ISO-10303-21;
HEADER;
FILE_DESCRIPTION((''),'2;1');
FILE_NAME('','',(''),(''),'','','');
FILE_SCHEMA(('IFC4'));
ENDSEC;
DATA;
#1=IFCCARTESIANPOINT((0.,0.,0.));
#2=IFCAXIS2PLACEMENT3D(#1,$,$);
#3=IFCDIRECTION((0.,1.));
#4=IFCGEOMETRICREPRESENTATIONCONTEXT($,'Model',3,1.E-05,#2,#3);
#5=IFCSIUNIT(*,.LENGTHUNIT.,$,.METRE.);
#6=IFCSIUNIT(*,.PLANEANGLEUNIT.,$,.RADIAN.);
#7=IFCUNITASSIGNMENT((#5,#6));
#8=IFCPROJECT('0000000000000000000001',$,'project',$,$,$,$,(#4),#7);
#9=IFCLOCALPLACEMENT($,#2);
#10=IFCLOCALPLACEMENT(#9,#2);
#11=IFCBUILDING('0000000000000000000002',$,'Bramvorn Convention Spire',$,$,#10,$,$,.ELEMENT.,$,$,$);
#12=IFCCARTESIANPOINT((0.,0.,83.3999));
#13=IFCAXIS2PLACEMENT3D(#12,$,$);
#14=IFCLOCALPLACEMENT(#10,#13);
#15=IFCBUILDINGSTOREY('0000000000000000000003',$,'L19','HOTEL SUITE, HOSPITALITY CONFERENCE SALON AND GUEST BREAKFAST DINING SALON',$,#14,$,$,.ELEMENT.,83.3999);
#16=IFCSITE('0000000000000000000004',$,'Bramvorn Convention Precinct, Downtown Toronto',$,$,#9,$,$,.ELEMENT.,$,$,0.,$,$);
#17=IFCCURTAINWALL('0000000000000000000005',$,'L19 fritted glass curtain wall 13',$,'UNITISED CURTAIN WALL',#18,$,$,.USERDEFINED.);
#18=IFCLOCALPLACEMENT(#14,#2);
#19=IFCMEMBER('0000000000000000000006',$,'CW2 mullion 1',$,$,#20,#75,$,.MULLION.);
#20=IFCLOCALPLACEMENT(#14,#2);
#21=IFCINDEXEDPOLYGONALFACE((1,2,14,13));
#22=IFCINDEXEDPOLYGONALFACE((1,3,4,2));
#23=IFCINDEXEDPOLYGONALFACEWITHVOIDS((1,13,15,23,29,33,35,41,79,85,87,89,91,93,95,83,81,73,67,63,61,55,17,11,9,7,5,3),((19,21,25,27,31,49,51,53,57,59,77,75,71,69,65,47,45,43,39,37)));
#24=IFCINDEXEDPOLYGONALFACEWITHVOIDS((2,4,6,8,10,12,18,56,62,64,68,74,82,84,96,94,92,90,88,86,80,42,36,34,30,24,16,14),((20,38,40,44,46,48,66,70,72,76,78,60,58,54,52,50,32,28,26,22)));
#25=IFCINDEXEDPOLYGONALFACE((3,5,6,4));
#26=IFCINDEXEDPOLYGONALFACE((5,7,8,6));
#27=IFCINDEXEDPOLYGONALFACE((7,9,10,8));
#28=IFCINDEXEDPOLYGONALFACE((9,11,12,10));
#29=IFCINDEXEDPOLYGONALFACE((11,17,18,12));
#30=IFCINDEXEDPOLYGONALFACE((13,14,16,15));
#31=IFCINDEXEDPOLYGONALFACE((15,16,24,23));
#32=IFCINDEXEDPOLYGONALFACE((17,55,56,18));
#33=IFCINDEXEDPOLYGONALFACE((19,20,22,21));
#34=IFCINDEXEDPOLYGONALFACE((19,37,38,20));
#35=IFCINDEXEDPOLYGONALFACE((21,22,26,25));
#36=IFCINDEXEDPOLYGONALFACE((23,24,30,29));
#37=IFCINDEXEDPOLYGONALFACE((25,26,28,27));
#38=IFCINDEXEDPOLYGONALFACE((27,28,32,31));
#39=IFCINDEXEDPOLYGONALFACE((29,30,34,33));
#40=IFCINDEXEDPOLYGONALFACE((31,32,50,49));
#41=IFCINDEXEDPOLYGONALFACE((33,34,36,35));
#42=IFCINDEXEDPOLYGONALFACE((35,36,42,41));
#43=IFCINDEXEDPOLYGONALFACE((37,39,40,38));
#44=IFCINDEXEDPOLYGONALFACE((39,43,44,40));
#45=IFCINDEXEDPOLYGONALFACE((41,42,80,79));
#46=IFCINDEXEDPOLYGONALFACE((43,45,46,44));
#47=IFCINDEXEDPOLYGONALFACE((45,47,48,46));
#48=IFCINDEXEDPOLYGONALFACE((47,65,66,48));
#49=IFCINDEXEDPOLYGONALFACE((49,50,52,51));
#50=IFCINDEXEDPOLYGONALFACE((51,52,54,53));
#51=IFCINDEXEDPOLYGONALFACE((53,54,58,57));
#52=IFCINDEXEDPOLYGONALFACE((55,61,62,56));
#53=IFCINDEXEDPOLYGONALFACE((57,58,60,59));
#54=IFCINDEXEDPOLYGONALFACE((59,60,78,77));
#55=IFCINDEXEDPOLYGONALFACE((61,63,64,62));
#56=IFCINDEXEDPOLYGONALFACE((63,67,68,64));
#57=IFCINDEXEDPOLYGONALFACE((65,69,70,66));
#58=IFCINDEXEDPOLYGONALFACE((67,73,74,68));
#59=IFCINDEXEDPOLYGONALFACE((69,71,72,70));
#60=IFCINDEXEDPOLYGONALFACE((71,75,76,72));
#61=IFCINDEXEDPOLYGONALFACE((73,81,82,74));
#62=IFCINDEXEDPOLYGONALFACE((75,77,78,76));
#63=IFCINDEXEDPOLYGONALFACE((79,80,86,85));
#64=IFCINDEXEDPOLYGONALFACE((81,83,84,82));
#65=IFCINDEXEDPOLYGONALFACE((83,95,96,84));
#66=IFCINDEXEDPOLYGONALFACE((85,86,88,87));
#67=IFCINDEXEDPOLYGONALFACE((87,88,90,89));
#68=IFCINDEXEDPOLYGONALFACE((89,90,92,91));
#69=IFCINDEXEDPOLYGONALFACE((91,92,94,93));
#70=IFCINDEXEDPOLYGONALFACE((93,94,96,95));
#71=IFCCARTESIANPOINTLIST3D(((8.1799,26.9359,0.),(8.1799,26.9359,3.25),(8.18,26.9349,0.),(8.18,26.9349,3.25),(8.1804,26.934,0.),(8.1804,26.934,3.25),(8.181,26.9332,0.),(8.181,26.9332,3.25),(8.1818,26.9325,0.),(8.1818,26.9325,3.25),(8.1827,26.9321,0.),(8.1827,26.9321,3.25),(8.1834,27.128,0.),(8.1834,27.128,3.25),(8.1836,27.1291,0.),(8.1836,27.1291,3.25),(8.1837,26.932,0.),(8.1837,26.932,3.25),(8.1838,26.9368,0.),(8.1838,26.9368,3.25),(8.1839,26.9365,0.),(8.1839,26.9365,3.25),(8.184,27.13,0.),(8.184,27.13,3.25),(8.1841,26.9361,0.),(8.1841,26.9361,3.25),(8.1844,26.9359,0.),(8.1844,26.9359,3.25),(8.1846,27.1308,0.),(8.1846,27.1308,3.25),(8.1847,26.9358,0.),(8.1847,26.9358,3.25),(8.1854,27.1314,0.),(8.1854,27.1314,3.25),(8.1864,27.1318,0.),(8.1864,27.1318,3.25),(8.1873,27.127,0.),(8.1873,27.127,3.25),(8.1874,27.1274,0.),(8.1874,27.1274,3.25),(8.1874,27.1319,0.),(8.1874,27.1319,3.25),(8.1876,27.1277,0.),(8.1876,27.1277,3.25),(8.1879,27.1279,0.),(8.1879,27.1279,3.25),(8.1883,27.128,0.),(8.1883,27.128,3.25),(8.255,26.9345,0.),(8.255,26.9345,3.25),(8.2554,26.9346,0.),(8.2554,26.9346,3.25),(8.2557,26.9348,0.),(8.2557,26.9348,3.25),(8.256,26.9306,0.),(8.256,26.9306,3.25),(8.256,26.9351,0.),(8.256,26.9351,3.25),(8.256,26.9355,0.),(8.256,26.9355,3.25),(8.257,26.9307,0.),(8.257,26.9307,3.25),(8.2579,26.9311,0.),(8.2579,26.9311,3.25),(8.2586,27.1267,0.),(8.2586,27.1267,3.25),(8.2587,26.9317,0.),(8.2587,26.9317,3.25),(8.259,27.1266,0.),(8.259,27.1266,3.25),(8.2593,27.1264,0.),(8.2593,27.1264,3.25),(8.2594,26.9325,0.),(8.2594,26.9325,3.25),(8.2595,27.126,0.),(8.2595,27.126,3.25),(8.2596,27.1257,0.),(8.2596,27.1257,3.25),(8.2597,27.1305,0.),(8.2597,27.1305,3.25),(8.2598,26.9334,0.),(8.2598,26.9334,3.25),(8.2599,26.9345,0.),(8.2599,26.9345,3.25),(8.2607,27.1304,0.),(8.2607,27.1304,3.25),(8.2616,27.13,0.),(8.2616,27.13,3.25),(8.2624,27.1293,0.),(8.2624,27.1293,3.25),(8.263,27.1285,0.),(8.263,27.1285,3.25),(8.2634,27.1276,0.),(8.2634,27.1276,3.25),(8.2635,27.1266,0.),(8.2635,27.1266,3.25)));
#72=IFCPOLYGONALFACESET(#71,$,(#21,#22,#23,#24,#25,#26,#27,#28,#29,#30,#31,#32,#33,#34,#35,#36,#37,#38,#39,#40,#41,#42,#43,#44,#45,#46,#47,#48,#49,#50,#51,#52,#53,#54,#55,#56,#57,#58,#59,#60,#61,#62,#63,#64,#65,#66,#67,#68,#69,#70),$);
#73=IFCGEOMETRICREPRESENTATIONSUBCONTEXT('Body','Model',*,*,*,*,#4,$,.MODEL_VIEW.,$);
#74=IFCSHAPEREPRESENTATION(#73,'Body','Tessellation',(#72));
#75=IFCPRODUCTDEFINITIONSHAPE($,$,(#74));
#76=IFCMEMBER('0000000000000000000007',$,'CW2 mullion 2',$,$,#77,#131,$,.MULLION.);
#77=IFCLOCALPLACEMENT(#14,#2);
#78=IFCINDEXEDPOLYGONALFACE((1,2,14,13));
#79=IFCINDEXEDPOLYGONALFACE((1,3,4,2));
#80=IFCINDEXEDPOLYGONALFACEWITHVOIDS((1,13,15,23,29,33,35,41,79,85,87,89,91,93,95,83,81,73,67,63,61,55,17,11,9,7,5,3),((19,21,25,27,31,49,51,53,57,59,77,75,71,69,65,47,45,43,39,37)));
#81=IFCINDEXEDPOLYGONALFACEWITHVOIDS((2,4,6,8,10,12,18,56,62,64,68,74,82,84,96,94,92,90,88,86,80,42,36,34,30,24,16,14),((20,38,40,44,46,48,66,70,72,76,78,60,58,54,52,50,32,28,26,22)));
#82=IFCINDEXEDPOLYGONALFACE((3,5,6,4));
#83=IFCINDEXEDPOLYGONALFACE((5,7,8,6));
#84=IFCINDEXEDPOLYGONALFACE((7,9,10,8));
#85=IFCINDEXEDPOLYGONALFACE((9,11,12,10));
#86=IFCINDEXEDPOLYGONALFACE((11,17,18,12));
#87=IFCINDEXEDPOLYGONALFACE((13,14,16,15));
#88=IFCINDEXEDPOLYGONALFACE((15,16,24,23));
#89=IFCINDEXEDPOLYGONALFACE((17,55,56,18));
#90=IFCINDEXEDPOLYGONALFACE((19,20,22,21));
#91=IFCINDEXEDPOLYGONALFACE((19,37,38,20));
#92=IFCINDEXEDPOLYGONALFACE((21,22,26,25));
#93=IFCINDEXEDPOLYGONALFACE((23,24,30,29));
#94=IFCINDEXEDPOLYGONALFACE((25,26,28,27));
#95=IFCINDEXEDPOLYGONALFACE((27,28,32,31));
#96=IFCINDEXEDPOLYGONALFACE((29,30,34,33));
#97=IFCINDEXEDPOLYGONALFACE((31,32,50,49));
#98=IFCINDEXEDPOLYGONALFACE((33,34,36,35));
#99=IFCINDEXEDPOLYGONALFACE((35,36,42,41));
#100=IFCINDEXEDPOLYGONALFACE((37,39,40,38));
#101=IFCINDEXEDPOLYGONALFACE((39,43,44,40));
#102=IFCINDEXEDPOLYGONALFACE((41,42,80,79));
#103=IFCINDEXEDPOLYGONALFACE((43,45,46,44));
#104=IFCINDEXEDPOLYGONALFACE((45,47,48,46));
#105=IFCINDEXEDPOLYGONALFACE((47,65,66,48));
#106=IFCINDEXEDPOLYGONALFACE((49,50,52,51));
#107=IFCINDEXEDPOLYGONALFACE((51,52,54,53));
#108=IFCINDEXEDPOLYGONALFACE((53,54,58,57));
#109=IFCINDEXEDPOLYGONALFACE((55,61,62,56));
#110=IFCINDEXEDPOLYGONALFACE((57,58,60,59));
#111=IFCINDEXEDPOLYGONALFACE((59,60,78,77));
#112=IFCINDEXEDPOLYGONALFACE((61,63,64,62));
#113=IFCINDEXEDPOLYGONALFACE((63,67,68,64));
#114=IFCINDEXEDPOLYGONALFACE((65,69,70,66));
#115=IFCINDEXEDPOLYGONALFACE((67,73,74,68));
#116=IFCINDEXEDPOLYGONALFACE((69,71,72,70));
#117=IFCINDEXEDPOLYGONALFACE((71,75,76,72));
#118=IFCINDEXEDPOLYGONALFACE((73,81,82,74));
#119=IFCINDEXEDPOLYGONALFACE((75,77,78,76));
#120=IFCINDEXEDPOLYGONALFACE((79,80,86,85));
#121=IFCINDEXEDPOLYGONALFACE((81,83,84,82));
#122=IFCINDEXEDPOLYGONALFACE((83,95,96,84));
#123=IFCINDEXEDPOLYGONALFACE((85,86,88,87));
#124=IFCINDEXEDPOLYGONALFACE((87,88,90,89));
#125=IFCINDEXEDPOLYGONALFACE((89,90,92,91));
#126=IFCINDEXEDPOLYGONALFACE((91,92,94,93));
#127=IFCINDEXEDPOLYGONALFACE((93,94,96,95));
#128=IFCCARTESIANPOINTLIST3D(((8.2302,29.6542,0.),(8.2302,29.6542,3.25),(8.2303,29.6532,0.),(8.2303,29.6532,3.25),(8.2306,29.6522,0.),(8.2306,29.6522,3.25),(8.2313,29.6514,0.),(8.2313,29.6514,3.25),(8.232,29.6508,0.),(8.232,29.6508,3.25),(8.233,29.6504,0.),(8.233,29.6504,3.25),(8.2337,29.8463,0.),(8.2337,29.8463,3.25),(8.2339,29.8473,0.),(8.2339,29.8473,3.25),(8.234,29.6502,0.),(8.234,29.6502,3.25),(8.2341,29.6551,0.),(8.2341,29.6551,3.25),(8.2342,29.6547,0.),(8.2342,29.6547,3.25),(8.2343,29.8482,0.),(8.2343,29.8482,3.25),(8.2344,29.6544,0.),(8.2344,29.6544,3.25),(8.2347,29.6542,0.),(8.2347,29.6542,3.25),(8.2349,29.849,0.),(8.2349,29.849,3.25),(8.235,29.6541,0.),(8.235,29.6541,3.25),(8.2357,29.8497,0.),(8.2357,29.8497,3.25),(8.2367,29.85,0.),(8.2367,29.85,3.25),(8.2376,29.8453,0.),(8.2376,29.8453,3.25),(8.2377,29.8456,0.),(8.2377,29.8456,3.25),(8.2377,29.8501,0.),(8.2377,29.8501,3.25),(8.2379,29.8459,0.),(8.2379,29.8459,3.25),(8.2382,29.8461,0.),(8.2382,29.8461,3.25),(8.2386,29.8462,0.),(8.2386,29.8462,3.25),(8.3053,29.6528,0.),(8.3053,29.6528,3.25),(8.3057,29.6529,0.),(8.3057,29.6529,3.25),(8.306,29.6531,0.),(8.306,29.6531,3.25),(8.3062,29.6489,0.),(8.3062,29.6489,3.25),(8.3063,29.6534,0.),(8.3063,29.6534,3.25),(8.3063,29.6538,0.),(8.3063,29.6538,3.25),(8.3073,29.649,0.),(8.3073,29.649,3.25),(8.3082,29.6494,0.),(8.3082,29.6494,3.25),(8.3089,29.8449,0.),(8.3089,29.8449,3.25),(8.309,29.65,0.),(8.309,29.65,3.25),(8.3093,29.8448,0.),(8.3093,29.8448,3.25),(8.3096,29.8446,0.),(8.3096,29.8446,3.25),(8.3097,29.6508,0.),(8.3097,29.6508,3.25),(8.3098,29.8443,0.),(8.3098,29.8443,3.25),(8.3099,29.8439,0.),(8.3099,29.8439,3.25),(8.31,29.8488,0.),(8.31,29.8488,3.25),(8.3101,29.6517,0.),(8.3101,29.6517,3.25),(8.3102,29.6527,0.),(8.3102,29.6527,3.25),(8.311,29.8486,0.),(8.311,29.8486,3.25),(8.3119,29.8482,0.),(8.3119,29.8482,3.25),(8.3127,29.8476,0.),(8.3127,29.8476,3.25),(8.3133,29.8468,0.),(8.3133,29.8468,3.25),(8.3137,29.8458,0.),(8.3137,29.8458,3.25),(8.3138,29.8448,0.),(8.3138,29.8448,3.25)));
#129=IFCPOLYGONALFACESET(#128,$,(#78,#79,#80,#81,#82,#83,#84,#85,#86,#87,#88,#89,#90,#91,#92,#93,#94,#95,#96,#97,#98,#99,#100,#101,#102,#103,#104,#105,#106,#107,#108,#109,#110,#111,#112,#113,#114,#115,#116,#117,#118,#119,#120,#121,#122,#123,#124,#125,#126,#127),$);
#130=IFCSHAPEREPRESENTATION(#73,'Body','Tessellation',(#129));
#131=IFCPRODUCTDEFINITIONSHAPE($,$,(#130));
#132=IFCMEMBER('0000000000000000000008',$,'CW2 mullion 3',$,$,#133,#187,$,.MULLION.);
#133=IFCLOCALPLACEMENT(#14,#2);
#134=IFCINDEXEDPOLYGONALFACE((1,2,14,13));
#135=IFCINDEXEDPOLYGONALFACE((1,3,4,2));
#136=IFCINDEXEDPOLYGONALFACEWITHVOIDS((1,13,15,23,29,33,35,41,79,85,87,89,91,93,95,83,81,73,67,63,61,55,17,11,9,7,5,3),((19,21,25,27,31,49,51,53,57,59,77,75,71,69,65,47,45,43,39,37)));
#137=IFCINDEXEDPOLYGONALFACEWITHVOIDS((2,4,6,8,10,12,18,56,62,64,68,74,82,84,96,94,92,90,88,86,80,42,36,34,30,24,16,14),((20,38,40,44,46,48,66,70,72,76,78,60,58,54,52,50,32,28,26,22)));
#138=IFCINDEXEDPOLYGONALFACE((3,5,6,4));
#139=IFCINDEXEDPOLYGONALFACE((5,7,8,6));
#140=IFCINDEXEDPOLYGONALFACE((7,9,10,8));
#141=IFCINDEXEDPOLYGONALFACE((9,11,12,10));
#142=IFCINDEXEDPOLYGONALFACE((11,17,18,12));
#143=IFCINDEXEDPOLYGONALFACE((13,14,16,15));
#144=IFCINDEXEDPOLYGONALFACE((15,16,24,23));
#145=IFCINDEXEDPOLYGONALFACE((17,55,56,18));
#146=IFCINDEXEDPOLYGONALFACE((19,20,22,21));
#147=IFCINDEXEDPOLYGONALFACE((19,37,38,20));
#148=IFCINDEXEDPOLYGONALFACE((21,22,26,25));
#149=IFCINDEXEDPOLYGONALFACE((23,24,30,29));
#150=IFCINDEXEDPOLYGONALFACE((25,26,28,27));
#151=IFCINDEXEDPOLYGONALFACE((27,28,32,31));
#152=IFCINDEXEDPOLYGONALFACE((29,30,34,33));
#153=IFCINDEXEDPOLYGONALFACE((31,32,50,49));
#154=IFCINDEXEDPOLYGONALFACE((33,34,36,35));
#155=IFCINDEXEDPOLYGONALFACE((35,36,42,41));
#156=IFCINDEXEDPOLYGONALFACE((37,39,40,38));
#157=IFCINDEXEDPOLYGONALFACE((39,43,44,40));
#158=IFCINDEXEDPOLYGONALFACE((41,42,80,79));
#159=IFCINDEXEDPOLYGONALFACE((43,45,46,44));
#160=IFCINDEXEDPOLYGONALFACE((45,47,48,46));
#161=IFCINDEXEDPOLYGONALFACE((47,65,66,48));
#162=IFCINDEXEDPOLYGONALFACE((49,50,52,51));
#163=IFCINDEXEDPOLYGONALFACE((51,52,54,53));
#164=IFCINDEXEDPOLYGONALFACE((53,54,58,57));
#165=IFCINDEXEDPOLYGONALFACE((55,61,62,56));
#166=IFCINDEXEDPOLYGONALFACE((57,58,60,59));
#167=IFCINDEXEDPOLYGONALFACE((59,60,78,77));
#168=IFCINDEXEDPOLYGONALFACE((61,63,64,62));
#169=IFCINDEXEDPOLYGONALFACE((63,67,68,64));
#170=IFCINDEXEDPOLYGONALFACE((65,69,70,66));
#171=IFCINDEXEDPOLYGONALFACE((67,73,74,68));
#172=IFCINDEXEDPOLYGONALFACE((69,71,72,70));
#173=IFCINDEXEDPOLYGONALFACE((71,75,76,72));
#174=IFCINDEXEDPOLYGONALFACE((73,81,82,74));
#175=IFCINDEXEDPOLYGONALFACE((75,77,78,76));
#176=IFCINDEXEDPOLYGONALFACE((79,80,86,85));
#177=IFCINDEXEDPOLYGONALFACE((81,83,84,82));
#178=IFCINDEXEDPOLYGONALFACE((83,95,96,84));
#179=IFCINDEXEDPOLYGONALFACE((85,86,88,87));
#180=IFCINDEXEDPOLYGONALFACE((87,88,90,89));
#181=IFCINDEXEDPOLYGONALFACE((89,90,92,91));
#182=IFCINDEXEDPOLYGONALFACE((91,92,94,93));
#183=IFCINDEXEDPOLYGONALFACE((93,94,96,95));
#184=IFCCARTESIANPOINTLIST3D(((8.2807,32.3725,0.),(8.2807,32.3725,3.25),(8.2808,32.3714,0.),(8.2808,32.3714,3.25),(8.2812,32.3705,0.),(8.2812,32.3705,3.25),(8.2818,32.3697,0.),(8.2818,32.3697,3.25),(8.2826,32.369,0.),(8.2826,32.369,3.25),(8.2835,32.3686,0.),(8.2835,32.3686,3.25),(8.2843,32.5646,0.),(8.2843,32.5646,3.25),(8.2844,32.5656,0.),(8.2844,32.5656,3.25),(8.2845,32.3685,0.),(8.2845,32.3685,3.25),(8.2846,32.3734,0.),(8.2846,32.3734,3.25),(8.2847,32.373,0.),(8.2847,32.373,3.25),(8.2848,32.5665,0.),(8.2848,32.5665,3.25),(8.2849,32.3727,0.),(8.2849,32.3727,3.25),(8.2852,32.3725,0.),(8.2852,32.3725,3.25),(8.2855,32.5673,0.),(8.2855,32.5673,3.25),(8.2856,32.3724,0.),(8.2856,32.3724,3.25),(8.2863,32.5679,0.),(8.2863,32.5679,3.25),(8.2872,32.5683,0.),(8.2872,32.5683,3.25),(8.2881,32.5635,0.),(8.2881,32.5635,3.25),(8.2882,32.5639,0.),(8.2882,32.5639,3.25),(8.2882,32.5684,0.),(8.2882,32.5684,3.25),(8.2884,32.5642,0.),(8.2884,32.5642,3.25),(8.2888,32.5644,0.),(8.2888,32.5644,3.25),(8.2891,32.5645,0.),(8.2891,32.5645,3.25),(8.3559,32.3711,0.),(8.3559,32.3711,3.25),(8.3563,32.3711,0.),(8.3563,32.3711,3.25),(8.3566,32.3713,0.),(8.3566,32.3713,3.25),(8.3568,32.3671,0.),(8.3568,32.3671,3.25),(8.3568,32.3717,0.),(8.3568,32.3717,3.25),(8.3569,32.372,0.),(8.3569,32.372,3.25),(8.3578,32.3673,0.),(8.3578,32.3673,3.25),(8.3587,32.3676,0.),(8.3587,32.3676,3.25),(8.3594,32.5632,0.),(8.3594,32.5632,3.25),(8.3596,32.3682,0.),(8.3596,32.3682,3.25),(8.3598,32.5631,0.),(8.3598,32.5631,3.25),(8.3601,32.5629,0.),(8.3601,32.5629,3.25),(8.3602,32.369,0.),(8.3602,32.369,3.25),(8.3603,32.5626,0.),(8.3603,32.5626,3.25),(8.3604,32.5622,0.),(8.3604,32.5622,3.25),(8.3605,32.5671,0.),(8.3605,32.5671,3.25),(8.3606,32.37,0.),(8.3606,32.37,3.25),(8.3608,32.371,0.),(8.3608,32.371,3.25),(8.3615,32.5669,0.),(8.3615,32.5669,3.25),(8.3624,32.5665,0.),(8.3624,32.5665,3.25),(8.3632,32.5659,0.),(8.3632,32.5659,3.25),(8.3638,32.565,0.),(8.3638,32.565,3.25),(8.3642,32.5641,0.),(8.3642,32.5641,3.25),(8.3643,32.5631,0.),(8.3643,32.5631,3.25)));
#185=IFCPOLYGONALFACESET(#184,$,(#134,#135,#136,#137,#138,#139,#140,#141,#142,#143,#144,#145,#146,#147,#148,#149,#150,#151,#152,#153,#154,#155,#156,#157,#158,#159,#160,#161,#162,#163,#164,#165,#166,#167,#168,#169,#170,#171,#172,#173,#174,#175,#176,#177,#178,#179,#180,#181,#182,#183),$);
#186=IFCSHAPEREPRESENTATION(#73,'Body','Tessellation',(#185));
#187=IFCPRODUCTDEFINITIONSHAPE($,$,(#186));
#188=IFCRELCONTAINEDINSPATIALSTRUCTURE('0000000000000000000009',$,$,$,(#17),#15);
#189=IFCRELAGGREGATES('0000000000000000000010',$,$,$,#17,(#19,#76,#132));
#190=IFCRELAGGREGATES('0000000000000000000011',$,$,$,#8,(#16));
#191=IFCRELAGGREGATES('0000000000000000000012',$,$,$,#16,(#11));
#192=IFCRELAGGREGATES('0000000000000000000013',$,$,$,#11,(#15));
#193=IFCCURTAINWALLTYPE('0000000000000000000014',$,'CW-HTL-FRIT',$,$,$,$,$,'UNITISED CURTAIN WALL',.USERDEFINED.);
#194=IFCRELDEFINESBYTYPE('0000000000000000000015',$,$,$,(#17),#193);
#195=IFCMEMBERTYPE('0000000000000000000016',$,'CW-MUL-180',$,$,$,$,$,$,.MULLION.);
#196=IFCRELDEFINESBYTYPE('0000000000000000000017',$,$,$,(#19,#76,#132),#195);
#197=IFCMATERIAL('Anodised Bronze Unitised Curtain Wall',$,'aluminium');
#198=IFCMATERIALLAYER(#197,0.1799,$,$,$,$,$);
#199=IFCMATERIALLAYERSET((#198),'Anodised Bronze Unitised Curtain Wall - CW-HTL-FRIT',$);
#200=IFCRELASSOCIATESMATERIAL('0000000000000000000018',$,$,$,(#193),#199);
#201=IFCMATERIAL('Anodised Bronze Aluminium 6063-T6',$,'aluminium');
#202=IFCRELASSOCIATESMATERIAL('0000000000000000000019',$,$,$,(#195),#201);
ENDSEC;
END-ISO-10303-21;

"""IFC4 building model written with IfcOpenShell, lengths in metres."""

from ifc_helpers import new_model, si_unit, direction, frame, origin, origin_2d, place, context, subcontext, project, spatial, hollow_rectangle, extrude, material, layer, layer_set, material_profile, profile_set, type_object, element, aggregate, save


model = new_model("IFC4")

# Units and contexts
model_context = context("Model", 3, precision=1e-05, world=origin(), true_north=direction((0.0, 1.0)))
body_context = subcontext(model_context, "Body", "Model", "MODEL_VIEW")
ifc_project = project(units=[si_unit("LENGTHUNIT", "METRE"), si_unit("PLANEANGLEUNIT", "RADIAN")], contexts=[model_context])

# Site, building, storey
site_placement = place(None, origin())
site = spatial("IfcSite", under=ifc_project, at=site_placement, Name="Bramvorn Convention Precinct, Downtown Toronto", CompositionType="ELEMENT", RefElevation=0.0)
building_placement = place(site_placement, origin())
building = spatial("IfcBuilding", under=site, at=building_placement, Name="Bramvorn Convention Spire", CompositionType="ELEMENT")
storey_placement = place(building_placement, frame((0.0, 0.0, 83.3999)))
storey = spatial("IfcBuildingStorey", under=building, at=storey_placement, Name="L19", Description="HOTEL SUITE, HOSPITALITY CONFERENCE SALON AND GUEST BREAKFAST DINING SALON", CompositionType="ELEMENT", Elevation=83.3999)

# Curtain wall, members
ifc_material_1 = material(Name="Anodised Bronze Unitised Curtain Wall", Category="aluminium")
ifc_layer_1 = layer(ifc_material_1, 0.1799)
ifc_layer_set_1 = layer_set([ifc_layer_1], Name="Anodised Bronze Unitised Curtain Wall - CW-HTL-FRIT")
curtain_wall_type = type_object("IfcCurtainWallType", Name="CW-HTL-FRIT", ElementType="UNITISED CURTAIN WALL", PredefinedType="USERDEFINED", material=ifc_layer_set_1)
curtain_wall_1_placement = place(storey_placement, origin())
curtain_wall_1 = element("IfcCurtainWall", 1, at=curtain_wall_1_placement, inside=storey, type_object=curtain_wall_type, Name="L19 fritted glass curtain wall 13", ObjectType="UNITISED CURTAIN WALL", PredefinedType="USERDEFINED")
ifc_material_2 = material(Name="Anodised Bronze Aluminium 6063-T6", Category="aluminium")
ifc_material_profile_1 = material_profile(ifc_material_2, hollow_rectangle(XDim=0.0801, YDim=0.2, WallThickness=0.0039, InnerFilletRadius=0.001, OuterFilletRadius=0.0039, at=origin_2d()))
ifc_profile_set_1 = profile_set([ifc_material_profile_1], Name="Anodised Bronze Aluminium 6063-T6 - CWM80X200")
member_type_1 = type_object("IfcMemberType", Name="CW-MUL-180", PredefinedType="MULLION", material=ifc_profile_set_1)
member_1_placement = place(storey_placement, frame((8.2217, 27.0312, 0.0), z_axis=(0.0, 0.0, 1.0), x_axis=(-0.999828, 0.018536, 0.0)))
member_1 = element("IfcMember", 2, at=member_1_placement, type_object=member_type_1, Name="CW2 mullion 1", PredefinedType="MULLION", context=body_context, shape_type="SweptSolid", body=[
    extrude(hollow_rectangle(XDim=0.0801, YDim=0.2, WallThickness=0.0039, InnerFilletRadius=0.001, OuterFilletRadius=0.0039, at=origin_2d()), origin(), (0.0, 0.0, 1.0), 3.25),
])
member_2_placement = place(storey_placement, frame((8.272, 29.7495, 0.0), z_axis=(0.0, 0.0, 1.0), x_axis=(-0.999828, 0.018536, 0.0)))
member_2 = element("IfcMember", 3, at=member_2_placement, type_object=member_type_1, Name="CW2 mullion 2", PredefinedType="MULLION", context=body_context, shape_type="SweptSolid", body=[
    extrude(hollow_rectangle(XDim=0.0801, YDim=0.2, WallThickness=0.0039, InnerFilletRadius=0.001, OuterFilletRadius=0.0039, at=origin_2d()), origin(), (0.0, 0.0, 1.0), 3.25),
])
member_3_placement = place(storey_placement, frame((8.3225, 32.4678, 0.0), z_axis=(0.0, 0.0, 1.0), x_axis=(-0.999828, 0.018536, 0.0)))
member_3 = element("IfcMember", 4, at=member_3_placement, type_object=member_type_1, Name="CW2 mullion 3", PredefinedType="MULLION", context=body_context, shape_type="SweptSolid", body=[
    extrude(hollow_rectangle(XDim=0.0801, YDim=0.2, WallThickness=0.0039, InnerFilletRadius=0.001, OuterFilletRadius=0.0039, at=origin_2d()), origin(), (0.0, 0.0, 1.0), 3.25),
])

aggregate(curtain_wall_1, [member_1, member_2, member_3])

save(model, "model.ifc")
